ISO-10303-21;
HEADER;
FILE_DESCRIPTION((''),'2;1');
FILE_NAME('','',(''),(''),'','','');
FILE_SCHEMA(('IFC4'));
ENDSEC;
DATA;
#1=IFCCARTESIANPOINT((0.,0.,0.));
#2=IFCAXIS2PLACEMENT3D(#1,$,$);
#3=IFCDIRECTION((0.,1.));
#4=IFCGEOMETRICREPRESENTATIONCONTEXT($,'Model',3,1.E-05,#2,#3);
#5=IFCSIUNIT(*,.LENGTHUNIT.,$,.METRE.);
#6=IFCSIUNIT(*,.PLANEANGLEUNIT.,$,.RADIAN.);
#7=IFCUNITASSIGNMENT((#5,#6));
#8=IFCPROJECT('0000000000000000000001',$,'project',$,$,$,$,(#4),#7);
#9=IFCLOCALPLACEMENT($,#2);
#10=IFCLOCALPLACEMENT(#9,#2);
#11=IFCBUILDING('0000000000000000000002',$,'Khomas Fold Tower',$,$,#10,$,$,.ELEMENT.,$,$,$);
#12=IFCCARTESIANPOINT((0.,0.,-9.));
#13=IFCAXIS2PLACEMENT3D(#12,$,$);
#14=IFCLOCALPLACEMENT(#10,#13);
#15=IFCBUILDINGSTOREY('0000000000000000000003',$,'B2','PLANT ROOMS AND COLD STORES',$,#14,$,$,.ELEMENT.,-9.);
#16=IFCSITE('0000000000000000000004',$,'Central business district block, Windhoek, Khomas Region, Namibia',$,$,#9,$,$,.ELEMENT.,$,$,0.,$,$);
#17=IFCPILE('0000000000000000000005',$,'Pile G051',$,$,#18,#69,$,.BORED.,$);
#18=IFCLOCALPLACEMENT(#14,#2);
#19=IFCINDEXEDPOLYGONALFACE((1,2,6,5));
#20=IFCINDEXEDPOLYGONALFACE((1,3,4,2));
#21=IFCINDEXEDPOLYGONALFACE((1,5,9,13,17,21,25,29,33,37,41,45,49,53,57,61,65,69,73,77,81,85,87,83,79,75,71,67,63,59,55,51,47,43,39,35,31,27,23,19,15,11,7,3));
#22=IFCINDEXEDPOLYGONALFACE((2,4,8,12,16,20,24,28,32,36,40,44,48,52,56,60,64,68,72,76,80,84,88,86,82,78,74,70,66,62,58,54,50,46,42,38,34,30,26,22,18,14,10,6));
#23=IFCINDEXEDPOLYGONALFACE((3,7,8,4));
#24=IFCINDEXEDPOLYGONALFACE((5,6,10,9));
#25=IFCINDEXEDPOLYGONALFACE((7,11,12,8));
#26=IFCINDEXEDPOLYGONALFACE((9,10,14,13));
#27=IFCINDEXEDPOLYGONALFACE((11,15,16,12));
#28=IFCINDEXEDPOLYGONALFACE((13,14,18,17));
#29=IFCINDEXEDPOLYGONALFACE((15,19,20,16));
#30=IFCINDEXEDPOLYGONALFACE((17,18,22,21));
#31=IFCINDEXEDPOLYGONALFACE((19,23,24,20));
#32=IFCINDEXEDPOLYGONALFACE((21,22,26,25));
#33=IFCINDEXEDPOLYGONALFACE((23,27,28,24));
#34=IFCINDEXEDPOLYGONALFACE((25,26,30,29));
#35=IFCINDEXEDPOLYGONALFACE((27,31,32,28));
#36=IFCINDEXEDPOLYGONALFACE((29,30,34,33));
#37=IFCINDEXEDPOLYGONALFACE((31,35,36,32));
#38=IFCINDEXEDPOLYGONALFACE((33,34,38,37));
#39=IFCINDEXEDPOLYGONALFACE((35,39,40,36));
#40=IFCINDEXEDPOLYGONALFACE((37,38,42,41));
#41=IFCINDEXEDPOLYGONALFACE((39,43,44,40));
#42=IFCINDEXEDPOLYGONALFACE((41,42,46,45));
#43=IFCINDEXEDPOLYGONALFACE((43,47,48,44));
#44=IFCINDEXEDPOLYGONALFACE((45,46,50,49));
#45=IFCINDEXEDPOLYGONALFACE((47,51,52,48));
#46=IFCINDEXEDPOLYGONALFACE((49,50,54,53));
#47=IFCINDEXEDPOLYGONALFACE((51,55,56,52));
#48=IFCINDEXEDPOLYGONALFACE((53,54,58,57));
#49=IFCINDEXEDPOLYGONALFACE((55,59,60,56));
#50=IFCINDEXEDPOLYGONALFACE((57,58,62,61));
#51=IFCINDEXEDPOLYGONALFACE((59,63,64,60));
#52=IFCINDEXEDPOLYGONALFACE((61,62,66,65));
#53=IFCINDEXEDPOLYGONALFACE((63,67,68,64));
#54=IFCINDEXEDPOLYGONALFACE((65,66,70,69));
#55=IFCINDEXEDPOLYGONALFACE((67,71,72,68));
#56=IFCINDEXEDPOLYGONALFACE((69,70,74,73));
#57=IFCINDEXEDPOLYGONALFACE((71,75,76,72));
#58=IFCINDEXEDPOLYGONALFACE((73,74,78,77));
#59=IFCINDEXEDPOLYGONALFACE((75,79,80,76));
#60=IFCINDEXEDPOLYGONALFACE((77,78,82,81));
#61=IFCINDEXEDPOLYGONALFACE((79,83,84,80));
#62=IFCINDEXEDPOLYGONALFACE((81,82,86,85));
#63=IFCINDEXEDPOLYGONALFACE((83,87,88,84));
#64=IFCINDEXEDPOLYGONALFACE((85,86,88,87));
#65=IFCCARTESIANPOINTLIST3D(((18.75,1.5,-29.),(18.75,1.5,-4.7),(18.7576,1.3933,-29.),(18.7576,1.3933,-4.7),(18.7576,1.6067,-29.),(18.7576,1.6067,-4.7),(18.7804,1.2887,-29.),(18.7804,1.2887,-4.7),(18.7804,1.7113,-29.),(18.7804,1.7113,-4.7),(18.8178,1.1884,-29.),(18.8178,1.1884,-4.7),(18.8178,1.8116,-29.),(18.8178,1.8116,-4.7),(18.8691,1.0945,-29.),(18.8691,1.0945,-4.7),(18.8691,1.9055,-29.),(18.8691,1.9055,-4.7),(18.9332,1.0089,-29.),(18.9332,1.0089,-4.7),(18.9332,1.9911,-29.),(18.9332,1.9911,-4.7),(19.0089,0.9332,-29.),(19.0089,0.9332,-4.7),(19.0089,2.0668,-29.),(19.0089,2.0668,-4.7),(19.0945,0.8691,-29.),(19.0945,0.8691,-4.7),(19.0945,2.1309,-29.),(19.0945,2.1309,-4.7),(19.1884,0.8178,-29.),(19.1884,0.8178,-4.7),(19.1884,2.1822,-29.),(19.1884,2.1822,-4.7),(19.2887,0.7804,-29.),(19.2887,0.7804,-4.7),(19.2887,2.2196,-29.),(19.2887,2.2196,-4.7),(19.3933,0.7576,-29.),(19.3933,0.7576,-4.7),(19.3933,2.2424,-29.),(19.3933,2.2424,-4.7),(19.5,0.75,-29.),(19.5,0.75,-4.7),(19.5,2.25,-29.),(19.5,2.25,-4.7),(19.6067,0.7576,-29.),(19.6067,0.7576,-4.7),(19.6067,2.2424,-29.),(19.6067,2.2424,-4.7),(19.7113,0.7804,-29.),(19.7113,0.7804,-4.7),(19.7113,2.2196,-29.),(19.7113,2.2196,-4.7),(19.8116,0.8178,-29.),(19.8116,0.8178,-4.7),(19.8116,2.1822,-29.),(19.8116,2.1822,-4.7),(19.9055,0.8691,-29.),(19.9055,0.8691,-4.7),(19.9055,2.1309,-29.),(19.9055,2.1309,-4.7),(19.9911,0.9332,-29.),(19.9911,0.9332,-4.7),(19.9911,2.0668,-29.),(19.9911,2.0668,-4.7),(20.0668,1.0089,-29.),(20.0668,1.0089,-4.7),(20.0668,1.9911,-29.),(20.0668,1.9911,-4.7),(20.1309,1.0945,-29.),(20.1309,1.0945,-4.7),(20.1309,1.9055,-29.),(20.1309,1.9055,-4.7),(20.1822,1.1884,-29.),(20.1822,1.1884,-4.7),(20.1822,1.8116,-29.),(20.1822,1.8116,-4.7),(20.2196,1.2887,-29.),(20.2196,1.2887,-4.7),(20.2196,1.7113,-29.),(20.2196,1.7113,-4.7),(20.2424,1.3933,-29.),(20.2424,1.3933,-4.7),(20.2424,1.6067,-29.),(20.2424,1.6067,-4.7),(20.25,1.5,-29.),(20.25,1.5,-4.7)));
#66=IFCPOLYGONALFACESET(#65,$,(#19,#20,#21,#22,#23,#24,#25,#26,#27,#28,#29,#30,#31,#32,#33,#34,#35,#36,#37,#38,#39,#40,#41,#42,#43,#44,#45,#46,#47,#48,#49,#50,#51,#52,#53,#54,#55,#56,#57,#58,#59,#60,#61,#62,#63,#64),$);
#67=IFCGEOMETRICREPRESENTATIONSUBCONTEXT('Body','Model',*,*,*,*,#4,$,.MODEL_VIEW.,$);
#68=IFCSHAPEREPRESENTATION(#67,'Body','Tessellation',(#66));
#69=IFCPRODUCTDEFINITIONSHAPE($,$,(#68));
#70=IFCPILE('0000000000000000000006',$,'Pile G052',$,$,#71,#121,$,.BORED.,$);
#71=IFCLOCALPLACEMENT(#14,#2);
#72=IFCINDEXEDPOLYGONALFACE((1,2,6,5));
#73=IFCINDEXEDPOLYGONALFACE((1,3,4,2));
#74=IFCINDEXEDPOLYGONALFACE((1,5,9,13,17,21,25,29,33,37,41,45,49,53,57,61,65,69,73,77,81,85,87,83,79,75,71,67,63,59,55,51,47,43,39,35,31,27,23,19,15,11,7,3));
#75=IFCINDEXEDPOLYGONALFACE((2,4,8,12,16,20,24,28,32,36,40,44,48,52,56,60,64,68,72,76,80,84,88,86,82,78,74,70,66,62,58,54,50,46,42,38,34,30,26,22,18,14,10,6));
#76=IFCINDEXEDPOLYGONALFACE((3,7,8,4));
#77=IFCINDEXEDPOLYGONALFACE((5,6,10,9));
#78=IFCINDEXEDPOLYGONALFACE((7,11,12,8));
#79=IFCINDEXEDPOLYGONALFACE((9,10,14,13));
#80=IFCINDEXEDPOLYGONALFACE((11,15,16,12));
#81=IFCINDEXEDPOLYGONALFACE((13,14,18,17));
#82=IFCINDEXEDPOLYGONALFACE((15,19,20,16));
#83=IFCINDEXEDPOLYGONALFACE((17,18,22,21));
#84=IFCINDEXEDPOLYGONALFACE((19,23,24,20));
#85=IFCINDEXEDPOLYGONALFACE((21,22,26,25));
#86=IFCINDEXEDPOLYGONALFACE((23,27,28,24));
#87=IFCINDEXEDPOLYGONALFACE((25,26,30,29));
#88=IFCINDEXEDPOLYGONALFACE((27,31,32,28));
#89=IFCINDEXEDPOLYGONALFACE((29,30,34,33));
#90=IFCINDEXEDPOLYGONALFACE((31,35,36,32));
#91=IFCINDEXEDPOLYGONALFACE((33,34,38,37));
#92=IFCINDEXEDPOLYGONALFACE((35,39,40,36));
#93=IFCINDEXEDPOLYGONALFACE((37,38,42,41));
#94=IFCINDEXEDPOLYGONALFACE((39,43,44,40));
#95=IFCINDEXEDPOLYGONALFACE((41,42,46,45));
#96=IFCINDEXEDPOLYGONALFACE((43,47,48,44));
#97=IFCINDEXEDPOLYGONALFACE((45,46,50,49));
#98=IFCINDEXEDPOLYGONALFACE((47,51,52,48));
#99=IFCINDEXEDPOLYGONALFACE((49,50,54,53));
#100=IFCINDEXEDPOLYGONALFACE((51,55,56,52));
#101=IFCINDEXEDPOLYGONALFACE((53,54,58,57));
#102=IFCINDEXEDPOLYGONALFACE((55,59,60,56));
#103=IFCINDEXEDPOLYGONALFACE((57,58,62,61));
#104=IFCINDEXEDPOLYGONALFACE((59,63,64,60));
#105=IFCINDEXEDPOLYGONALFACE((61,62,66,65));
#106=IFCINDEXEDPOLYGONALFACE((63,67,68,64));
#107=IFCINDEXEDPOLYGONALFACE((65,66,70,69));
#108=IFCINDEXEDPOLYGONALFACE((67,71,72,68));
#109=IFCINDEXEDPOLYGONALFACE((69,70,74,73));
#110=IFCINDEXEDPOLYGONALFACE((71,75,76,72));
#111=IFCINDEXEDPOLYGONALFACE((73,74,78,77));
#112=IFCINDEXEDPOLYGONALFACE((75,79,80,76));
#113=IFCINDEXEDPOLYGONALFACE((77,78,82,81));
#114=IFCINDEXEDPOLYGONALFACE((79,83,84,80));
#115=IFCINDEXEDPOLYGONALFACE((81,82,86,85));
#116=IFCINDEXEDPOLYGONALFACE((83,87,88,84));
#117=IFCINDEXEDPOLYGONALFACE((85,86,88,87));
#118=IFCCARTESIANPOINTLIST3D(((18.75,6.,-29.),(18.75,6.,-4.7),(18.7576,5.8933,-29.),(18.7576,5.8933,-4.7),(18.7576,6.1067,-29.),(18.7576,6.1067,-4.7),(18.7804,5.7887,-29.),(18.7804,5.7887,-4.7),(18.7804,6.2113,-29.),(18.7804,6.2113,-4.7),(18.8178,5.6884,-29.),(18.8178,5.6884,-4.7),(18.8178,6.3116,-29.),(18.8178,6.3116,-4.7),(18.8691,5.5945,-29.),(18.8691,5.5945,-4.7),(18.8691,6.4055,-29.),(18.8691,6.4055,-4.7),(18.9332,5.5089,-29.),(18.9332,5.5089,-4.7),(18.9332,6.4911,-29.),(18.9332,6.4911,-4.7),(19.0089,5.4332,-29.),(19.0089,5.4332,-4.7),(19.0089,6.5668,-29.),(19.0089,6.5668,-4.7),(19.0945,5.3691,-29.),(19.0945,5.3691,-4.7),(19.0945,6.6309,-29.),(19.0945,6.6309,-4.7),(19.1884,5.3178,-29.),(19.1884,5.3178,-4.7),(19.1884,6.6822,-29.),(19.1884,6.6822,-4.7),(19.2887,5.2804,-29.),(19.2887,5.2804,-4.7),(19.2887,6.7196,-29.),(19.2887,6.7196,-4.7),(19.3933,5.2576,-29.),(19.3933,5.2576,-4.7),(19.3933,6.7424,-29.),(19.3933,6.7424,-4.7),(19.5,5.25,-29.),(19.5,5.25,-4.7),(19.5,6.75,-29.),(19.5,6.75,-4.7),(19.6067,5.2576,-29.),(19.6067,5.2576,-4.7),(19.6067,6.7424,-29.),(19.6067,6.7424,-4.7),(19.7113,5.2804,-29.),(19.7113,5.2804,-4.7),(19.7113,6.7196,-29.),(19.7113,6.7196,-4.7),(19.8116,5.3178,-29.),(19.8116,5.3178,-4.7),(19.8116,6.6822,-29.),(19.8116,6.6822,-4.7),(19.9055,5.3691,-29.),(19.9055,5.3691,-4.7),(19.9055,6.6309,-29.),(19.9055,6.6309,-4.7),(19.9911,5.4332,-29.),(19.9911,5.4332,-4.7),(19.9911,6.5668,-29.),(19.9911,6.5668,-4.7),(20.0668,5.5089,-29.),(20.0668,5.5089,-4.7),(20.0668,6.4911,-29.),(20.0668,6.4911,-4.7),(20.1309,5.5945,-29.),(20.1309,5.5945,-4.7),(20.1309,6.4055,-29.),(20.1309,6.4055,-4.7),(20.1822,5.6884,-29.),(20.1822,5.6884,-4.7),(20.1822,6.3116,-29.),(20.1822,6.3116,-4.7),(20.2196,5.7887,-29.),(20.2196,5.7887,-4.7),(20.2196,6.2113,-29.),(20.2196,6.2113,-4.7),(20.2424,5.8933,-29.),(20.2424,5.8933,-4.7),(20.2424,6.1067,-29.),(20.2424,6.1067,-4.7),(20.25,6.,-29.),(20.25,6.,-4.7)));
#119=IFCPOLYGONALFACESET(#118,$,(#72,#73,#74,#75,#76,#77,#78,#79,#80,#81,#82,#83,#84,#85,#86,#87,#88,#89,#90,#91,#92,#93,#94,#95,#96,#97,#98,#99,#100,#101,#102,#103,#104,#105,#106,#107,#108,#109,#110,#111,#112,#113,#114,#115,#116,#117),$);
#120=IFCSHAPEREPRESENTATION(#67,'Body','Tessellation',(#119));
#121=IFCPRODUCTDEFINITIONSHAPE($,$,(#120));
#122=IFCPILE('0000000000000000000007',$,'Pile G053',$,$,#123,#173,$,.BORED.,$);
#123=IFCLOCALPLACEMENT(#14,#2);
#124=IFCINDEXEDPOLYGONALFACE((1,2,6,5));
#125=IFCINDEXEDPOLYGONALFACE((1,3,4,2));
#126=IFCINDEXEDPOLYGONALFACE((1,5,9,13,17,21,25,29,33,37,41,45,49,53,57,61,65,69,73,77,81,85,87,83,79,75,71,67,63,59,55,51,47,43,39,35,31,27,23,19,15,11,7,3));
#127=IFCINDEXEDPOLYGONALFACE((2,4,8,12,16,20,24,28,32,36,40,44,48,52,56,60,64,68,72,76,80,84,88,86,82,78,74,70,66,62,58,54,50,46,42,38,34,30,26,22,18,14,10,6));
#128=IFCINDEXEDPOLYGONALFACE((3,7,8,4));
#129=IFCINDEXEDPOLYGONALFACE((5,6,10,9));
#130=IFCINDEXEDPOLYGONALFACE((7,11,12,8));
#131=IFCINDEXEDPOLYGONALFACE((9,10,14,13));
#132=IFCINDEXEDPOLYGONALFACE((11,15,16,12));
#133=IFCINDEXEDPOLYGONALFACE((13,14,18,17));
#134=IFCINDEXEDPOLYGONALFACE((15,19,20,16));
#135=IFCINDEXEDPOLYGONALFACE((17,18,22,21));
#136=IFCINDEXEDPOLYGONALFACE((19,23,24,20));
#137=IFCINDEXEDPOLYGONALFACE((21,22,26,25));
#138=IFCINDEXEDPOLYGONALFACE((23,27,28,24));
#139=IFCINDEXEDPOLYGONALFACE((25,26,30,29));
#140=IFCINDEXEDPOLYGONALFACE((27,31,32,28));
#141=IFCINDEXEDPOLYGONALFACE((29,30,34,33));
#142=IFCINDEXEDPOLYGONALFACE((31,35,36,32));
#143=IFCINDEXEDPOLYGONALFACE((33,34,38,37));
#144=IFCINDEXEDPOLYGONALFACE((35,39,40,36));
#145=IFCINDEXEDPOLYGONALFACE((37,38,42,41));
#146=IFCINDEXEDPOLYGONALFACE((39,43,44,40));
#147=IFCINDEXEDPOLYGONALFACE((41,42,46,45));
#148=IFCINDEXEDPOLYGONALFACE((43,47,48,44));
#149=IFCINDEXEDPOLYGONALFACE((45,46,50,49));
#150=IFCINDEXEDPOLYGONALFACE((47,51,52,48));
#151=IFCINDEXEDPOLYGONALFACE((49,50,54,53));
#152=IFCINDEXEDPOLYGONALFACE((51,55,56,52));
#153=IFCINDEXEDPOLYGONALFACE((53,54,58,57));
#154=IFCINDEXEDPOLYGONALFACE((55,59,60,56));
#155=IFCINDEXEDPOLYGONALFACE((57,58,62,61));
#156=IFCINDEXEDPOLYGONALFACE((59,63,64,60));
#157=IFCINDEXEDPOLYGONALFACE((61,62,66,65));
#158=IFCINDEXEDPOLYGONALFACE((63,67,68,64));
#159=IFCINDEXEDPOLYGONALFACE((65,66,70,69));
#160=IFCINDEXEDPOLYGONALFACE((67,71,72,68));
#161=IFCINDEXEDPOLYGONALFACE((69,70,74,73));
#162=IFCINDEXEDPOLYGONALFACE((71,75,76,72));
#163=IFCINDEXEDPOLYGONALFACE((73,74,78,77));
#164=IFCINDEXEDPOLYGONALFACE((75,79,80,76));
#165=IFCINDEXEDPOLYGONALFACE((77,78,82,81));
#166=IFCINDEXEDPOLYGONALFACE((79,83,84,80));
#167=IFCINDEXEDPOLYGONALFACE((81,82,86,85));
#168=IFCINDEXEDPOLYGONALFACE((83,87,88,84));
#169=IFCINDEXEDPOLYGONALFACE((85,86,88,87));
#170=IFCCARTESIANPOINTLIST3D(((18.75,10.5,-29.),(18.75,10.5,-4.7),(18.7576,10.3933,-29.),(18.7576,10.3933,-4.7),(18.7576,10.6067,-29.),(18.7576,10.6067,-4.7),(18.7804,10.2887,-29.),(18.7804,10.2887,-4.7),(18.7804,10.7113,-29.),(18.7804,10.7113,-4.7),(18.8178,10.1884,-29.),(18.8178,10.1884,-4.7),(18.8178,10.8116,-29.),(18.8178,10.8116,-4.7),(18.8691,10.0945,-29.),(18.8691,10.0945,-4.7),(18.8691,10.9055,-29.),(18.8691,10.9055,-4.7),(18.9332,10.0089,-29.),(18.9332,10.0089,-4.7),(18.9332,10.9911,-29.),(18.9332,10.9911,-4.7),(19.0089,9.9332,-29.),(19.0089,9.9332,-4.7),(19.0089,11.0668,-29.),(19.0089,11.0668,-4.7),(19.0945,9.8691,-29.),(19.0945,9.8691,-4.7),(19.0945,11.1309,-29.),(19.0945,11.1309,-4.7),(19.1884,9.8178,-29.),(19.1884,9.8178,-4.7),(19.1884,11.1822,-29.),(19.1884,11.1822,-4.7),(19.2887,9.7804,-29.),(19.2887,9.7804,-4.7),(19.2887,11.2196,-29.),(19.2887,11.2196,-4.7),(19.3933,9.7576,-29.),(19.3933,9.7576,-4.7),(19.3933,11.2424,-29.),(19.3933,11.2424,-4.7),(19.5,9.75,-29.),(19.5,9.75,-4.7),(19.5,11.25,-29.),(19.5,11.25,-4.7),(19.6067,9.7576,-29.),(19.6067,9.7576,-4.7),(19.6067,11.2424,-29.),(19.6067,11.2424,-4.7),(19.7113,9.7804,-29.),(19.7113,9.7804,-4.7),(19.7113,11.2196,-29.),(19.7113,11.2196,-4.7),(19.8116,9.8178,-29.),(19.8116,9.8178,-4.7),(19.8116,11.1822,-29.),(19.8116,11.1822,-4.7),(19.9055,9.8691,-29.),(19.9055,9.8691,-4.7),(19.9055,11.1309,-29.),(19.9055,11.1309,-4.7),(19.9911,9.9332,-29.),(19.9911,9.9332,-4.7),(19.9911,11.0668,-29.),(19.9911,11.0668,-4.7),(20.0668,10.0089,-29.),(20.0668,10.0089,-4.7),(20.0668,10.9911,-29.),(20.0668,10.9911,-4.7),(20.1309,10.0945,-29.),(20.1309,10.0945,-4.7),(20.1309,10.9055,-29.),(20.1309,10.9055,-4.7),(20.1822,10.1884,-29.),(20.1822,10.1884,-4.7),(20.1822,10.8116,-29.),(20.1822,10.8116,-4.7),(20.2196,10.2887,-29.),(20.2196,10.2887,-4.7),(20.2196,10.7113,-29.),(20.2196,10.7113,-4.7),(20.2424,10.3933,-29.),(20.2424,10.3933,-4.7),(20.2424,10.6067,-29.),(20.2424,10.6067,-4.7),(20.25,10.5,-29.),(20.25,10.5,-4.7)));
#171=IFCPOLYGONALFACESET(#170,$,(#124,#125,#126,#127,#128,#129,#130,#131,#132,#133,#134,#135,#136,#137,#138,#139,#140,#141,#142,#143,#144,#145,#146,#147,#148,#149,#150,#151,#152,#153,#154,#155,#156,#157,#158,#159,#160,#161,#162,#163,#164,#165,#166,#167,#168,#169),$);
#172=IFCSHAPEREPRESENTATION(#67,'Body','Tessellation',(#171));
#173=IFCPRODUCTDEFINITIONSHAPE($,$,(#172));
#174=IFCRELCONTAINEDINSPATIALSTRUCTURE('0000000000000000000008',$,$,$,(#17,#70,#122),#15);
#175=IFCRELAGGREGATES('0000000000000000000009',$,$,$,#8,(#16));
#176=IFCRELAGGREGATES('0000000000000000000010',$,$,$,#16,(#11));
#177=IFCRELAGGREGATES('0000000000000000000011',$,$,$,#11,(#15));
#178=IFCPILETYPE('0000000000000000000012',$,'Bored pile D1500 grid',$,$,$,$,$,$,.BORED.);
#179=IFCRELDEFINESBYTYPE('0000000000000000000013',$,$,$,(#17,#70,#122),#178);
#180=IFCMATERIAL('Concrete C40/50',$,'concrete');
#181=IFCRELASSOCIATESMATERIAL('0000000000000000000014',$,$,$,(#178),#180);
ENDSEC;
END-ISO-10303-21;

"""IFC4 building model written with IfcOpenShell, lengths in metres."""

from ifc_helpers import new_model, si_unit, direction, frame, origin, origin_2d, place, context, subcontext, project, spatial, circle, extrude, source, transform, mapped, material, material_profile, profile_set, type_object, element, save


model = new_model("IFC4")

# Units and contexts
model_context = context("Model", 3, precision=1e-05, world=origin(), true_north=direction((0.0, 1.0)))
body_context = subcontext(model_context, "Body", "Model", "MODEL_VIEW")
ifc_project = project(units=[si_unit("LENGTHUNIT", "METRE"), si_unit("PLANEANGLEUNIT", "RADIAN")], contexts=[model_context])

# Site, building, storey
site_placement = place(None, origin())
site = spatial("IfcSite", under=ifc_project, at=site_placement, Name="Central business district block, Windhoek, Khomas Region, Namibia", CompositionType="ELEMENT", RefElevation=0.0)
building_placement = place(site_placement, origin())
building = spatial("IfcBuilding", under=site, at=building_placement, Name="Khomas Fold Tower", CompositionType="ELEMENT")
storey_placement = place(building_placement, frame((0.0, 0.0, -9.0)))
storey = spatial("IfcBuildingStorey", under=building, at=storey_placement, Name="B2", Description="PLANT ROOMS AND COLD STORES", CompositionType="ELEMENT", Elevation=-9.0)

# Piles
ifc_material_1 = material(Name="Concrete C40/50", Category="concrete")
ifc_material_profile_1 = material_profile(ifc_material_1, circle(Radius=0.75, at=origin_2d()), Name="PILE D1500")
ifc_profile_set_1 = profile_set([ifc_material_profile_1], Name="Concrete C40/50")
pile_type_1 = type_object("IfcPileType", Name="Bored pile D1500 grid", PredefinedType="BORED", material=ifc_profile_set_1)
shared_shape_1 = source(origin(), body_context, "Body", "SweptSolid", [
    extrude(circle(Radius=0.75, at=origin_2d()), origin(), (0.0, 0.0, 1.0), 24.3),
])
for number, where, z_axis, x_axis, name in (
    (1, (19.5, 1.5, -4.7), (0.0, 0.0, -1.0), (1.0, 0.0, 0.0), "Pile G051"),
    (2, (19.5, 6.0, -4.7), (0.0, 0.0, -1.0), (1.0, 0.0, 0.0), "Pile G052"),
    (3, (19.5, 10.5, -4.7), (0.0, 0.0, -1.0), (1.0, 0.0, 0.0), "Pile G053"),
):
    element("IfcPile", number, at=place(storey_placement, frame(where, z_axis=z_axis, x_axis=x_axis)), inside=storey, type_object=pile_type_1, Name=name, PredefinedType="BORED", context=body_context, shape_type="MappedRepresentation", body=[
        mapped(shared_shape_1, transform((0.0, 0.0, 0.0))),
    ])

save(model, "model.ifc")
